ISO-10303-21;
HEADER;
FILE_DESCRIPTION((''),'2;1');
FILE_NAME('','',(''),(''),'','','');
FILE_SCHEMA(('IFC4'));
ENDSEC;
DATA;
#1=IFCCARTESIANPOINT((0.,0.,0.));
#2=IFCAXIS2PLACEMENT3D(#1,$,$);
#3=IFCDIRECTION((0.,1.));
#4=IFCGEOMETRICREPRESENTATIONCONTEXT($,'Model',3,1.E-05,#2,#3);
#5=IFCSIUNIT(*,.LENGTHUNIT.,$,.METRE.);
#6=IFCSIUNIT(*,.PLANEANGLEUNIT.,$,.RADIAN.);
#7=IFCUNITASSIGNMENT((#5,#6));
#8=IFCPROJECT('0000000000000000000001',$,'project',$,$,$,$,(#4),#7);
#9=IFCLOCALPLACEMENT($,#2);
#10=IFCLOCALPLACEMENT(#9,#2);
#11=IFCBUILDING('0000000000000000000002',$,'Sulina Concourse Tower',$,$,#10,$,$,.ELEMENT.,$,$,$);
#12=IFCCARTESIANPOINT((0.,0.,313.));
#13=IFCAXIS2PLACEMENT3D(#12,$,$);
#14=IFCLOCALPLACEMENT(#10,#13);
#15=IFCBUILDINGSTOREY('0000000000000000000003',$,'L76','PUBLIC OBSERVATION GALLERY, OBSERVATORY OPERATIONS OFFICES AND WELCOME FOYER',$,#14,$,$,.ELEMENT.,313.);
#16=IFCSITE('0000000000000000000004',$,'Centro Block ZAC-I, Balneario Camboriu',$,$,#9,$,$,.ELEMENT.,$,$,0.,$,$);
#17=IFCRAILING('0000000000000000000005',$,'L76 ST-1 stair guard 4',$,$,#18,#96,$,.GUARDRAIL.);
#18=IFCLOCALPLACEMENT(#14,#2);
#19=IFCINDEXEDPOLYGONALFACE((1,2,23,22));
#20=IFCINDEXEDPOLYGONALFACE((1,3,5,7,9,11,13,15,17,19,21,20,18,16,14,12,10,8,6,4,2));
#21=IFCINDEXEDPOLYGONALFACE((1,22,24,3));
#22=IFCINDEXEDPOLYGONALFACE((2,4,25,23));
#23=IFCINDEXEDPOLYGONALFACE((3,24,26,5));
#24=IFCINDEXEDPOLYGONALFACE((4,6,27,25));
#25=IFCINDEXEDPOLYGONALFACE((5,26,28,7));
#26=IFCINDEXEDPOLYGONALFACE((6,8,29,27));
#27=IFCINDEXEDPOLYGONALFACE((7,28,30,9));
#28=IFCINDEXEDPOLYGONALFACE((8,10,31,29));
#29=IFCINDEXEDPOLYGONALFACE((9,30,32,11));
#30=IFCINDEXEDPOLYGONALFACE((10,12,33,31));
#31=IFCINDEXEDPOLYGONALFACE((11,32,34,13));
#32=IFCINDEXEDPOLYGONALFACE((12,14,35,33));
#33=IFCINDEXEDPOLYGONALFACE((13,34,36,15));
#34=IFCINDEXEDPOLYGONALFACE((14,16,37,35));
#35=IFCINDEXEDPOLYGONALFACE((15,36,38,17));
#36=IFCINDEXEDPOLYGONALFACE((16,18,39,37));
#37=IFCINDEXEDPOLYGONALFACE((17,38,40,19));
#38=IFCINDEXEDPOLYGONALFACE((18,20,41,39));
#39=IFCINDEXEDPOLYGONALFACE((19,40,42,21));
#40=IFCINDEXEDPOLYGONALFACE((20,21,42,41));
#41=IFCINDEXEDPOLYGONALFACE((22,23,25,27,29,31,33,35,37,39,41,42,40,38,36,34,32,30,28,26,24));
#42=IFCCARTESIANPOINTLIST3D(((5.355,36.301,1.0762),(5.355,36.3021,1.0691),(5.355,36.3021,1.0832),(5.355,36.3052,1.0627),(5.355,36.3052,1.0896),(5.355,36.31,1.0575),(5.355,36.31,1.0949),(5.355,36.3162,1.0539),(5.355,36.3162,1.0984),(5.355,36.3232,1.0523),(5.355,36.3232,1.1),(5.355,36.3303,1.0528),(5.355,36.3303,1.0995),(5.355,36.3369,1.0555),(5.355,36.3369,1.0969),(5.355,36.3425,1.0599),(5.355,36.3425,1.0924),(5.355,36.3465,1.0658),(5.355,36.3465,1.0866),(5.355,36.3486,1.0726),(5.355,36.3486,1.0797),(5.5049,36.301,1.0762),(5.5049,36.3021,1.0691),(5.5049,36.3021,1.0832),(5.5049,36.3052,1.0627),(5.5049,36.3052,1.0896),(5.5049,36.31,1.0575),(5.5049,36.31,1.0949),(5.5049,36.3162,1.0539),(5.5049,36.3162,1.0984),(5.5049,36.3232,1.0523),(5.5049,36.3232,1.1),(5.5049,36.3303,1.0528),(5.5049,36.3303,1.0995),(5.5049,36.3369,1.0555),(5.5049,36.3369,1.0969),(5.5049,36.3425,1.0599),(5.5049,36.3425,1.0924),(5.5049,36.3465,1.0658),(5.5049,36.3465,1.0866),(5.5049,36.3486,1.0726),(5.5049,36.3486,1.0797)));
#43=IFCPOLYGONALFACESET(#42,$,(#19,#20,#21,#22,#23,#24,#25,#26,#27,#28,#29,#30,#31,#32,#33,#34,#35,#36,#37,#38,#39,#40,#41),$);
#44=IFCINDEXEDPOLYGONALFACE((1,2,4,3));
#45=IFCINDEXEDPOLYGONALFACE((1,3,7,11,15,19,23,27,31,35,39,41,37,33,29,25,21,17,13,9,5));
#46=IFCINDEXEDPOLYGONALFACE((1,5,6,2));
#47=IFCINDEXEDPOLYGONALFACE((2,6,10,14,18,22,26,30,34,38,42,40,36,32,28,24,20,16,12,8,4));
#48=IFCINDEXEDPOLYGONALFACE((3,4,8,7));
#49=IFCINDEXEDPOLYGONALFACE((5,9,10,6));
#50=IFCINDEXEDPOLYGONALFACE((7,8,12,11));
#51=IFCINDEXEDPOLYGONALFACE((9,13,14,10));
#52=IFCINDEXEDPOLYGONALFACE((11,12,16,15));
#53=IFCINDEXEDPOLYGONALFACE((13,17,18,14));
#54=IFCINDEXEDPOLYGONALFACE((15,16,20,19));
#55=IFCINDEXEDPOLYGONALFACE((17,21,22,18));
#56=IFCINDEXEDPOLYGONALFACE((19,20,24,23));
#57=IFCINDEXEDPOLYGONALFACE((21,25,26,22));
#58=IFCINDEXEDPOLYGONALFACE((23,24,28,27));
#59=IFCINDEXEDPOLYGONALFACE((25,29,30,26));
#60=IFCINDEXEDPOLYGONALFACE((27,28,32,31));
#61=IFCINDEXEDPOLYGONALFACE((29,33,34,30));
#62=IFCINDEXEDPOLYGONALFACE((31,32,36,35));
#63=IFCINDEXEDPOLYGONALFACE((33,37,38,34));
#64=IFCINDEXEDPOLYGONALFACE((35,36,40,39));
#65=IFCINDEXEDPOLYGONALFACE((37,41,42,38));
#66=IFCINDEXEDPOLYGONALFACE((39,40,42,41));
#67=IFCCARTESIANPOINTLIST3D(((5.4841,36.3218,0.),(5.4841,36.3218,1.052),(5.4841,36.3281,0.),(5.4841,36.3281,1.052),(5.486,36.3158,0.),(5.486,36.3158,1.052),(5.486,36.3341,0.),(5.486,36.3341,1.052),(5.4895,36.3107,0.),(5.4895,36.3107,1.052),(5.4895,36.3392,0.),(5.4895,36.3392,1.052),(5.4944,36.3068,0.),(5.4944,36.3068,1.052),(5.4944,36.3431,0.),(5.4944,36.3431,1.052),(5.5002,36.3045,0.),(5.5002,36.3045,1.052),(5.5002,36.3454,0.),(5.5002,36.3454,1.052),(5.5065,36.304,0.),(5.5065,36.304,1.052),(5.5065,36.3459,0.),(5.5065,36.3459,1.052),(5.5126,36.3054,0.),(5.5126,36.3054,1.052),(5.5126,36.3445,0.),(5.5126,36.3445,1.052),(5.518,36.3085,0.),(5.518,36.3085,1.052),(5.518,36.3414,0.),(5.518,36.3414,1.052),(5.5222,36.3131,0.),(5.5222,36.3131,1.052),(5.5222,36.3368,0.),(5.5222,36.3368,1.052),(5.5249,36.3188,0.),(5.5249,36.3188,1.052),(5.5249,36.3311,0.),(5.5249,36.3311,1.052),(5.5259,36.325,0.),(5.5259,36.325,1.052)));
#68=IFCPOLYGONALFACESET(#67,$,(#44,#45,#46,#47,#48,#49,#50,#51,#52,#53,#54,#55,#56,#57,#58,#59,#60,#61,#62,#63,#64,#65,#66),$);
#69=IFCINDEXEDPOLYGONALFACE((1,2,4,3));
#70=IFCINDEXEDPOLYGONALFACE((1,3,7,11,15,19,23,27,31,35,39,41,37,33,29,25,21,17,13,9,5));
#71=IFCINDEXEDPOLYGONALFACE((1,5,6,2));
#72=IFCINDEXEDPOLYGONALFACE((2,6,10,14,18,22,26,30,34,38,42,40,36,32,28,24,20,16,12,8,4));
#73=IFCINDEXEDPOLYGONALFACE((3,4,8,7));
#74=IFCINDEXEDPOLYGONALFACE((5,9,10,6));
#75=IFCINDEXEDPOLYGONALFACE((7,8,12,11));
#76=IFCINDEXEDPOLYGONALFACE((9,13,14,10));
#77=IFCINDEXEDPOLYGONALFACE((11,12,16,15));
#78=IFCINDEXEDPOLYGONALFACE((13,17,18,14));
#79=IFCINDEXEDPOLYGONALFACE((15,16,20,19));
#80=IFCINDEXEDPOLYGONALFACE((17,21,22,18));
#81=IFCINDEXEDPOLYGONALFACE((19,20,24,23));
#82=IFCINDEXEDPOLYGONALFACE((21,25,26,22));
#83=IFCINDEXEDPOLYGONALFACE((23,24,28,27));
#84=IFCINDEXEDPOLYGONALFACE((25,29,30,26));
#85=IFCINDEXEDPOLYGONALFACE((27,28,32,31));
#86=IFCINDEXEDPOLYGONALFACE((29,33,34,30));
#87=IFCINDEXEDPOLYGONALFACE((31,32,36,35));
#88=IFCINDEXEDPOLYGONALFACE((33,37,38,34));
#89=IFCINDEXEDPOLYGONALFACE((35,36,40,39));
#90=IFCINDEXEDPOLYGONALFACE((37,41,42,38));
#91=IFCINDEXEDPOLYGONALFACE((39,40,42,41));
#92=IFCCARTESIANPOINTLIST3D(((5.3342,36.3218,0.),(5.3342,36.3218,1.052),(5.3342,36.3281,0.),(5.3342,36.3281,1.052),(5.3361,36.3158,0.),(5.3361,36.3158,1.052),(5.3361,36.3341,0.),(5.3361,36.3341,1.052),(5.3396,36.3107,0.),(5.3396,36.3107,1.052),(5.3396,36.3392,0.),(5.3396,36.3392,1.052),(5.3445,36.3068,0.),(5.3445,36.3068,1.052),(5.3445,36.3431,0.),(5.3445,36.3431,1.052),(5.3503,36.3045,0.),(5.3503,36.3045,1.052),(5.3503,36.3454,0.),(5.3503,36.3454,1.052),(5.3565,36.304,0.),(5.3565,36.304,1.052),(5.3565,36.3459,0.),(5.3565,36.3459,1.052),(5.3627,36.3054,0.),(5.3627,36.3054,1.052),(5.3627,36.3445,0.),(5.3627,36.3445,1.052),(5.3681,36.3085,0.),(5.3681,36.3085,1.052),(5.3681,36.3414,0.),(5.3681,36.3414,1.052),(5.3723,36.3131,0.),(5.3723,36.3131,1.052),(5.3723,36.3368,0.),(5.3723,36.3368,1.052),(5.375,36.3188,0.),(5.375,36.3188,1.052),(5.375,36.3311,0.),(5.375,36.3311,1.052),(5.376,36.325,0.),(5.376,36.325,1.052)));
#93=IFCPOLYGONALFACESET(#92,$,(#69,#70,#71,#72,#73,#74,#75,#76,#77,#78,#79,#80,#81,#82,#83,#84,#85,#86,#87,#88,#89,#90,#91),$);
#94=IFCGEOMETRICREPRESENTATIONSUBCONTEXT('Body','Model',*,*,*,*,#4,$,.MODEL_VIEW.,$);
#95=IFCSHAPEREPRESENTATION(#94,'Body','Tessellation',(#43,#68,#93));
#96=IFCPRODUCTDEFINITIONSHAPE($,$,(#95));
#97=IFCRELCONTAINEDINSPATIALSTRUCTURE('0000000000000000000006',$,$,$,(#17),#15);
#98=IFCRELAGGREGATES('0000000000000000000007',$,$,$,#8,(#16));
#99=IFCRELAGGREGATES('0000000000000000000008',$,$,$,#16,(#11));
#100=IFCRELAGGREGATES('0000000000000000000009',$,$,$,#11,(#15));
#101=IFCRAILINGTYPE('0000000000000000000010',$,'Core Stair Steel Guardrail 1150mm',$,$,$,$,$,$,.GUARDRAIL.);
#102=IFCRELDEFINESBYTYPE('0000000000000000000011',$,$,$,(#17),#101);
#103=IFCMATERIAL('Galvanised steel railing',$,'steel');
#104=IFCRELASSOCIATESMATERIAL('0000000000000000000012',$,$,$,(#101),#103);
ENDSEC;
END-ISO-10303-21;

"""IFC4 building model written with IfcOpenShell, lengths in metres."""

from ifc_helpers import new_model, si_unit, direction, frame, origin, origin_2d, place, context, subcontext, project, spatial, circle, extrude, material, type_object, element, save


model = new_model("IFC4")

# Units and contexts
model_context = context("Model", 3, precision=1e-05, world=origin(), true_north=direction((0.0, 1.0)))
body_context = subcontext(model_context, "Body", "Model", "MODEL_VIEW")
ifc_project = project(units=[si_unit("LENGTHUNIT", "METRE"), si_unit("PLANEANGLEUNIT", "RADIAN")], contexts=[model_context])

# Site, building, storey
site_placement = place(None, origin())
site = spatial("IfcSite", under=ifc_project, at=site_placement, Name="Centro Block ZAC-I, Balneario Camboriu", CompositionType="ELEMENT", RefElevation=0.0)
building_placement = place(site_placement, origin())
building = spatial("IfcBuilding", under=site, at=building_placement, Name="Sulina Concourse Tower", CompositionType="ELEMENT")
storey_placement = place(building_placement, frame((0.0, 0.0, 313.0)))
storey = spatial("IfcBuildingStorey", under=building, at=storey_placement, Name="L76", Description="PUBLIC OBSERVATION GALLERY, OBSERVATORY OPERATIONS OFFICES AND WELCOME FOYER", CompositionType="ELEMENT", Elevation=313.0)

# Railing
ifc_material_1 = material(Name="Galvanised steel railing", Category="steel")
railing_type_1 = type_object("IfcRailingType", Name="Core Stair Steel Guardrail 1150mm", PredefinedType="GUARDRAIL", material=ifc_material_1)
railing_1_placement = place(storey_placement, frame((5.5049, 36.325, 0.0)))
element("IfcRailing", 1, at=railing_1_placement, inside=storey, type_object=railing_type_1, Name="L76 ST-1 stair guard 4", PredefinedType="GUARDRAIL", context=body_context, shape_type="SweptSolid", body=[
    extrude(circle(Radius=0.0239, at=origin_2d()), frame((0.0, 0.0, 1.0762), z_axis=(-1.0, 0.0, 0.0), x_axis=(0.0, -1.0, 0.0)), (0.0, 0.0, 1.0), 0.1499),
    extrude(circle(Radius=0.021, at=origin_2d()), origin(), (0.0, 0.0, 1.0), 1.052),
    extrude(circle(Radius=0.021, at=origin_2d()), frame((-0.1499, 0.0, 0.0)), (0.0, 0.0, 1.0), 1.052),
])

save(model, "model.ifc")
